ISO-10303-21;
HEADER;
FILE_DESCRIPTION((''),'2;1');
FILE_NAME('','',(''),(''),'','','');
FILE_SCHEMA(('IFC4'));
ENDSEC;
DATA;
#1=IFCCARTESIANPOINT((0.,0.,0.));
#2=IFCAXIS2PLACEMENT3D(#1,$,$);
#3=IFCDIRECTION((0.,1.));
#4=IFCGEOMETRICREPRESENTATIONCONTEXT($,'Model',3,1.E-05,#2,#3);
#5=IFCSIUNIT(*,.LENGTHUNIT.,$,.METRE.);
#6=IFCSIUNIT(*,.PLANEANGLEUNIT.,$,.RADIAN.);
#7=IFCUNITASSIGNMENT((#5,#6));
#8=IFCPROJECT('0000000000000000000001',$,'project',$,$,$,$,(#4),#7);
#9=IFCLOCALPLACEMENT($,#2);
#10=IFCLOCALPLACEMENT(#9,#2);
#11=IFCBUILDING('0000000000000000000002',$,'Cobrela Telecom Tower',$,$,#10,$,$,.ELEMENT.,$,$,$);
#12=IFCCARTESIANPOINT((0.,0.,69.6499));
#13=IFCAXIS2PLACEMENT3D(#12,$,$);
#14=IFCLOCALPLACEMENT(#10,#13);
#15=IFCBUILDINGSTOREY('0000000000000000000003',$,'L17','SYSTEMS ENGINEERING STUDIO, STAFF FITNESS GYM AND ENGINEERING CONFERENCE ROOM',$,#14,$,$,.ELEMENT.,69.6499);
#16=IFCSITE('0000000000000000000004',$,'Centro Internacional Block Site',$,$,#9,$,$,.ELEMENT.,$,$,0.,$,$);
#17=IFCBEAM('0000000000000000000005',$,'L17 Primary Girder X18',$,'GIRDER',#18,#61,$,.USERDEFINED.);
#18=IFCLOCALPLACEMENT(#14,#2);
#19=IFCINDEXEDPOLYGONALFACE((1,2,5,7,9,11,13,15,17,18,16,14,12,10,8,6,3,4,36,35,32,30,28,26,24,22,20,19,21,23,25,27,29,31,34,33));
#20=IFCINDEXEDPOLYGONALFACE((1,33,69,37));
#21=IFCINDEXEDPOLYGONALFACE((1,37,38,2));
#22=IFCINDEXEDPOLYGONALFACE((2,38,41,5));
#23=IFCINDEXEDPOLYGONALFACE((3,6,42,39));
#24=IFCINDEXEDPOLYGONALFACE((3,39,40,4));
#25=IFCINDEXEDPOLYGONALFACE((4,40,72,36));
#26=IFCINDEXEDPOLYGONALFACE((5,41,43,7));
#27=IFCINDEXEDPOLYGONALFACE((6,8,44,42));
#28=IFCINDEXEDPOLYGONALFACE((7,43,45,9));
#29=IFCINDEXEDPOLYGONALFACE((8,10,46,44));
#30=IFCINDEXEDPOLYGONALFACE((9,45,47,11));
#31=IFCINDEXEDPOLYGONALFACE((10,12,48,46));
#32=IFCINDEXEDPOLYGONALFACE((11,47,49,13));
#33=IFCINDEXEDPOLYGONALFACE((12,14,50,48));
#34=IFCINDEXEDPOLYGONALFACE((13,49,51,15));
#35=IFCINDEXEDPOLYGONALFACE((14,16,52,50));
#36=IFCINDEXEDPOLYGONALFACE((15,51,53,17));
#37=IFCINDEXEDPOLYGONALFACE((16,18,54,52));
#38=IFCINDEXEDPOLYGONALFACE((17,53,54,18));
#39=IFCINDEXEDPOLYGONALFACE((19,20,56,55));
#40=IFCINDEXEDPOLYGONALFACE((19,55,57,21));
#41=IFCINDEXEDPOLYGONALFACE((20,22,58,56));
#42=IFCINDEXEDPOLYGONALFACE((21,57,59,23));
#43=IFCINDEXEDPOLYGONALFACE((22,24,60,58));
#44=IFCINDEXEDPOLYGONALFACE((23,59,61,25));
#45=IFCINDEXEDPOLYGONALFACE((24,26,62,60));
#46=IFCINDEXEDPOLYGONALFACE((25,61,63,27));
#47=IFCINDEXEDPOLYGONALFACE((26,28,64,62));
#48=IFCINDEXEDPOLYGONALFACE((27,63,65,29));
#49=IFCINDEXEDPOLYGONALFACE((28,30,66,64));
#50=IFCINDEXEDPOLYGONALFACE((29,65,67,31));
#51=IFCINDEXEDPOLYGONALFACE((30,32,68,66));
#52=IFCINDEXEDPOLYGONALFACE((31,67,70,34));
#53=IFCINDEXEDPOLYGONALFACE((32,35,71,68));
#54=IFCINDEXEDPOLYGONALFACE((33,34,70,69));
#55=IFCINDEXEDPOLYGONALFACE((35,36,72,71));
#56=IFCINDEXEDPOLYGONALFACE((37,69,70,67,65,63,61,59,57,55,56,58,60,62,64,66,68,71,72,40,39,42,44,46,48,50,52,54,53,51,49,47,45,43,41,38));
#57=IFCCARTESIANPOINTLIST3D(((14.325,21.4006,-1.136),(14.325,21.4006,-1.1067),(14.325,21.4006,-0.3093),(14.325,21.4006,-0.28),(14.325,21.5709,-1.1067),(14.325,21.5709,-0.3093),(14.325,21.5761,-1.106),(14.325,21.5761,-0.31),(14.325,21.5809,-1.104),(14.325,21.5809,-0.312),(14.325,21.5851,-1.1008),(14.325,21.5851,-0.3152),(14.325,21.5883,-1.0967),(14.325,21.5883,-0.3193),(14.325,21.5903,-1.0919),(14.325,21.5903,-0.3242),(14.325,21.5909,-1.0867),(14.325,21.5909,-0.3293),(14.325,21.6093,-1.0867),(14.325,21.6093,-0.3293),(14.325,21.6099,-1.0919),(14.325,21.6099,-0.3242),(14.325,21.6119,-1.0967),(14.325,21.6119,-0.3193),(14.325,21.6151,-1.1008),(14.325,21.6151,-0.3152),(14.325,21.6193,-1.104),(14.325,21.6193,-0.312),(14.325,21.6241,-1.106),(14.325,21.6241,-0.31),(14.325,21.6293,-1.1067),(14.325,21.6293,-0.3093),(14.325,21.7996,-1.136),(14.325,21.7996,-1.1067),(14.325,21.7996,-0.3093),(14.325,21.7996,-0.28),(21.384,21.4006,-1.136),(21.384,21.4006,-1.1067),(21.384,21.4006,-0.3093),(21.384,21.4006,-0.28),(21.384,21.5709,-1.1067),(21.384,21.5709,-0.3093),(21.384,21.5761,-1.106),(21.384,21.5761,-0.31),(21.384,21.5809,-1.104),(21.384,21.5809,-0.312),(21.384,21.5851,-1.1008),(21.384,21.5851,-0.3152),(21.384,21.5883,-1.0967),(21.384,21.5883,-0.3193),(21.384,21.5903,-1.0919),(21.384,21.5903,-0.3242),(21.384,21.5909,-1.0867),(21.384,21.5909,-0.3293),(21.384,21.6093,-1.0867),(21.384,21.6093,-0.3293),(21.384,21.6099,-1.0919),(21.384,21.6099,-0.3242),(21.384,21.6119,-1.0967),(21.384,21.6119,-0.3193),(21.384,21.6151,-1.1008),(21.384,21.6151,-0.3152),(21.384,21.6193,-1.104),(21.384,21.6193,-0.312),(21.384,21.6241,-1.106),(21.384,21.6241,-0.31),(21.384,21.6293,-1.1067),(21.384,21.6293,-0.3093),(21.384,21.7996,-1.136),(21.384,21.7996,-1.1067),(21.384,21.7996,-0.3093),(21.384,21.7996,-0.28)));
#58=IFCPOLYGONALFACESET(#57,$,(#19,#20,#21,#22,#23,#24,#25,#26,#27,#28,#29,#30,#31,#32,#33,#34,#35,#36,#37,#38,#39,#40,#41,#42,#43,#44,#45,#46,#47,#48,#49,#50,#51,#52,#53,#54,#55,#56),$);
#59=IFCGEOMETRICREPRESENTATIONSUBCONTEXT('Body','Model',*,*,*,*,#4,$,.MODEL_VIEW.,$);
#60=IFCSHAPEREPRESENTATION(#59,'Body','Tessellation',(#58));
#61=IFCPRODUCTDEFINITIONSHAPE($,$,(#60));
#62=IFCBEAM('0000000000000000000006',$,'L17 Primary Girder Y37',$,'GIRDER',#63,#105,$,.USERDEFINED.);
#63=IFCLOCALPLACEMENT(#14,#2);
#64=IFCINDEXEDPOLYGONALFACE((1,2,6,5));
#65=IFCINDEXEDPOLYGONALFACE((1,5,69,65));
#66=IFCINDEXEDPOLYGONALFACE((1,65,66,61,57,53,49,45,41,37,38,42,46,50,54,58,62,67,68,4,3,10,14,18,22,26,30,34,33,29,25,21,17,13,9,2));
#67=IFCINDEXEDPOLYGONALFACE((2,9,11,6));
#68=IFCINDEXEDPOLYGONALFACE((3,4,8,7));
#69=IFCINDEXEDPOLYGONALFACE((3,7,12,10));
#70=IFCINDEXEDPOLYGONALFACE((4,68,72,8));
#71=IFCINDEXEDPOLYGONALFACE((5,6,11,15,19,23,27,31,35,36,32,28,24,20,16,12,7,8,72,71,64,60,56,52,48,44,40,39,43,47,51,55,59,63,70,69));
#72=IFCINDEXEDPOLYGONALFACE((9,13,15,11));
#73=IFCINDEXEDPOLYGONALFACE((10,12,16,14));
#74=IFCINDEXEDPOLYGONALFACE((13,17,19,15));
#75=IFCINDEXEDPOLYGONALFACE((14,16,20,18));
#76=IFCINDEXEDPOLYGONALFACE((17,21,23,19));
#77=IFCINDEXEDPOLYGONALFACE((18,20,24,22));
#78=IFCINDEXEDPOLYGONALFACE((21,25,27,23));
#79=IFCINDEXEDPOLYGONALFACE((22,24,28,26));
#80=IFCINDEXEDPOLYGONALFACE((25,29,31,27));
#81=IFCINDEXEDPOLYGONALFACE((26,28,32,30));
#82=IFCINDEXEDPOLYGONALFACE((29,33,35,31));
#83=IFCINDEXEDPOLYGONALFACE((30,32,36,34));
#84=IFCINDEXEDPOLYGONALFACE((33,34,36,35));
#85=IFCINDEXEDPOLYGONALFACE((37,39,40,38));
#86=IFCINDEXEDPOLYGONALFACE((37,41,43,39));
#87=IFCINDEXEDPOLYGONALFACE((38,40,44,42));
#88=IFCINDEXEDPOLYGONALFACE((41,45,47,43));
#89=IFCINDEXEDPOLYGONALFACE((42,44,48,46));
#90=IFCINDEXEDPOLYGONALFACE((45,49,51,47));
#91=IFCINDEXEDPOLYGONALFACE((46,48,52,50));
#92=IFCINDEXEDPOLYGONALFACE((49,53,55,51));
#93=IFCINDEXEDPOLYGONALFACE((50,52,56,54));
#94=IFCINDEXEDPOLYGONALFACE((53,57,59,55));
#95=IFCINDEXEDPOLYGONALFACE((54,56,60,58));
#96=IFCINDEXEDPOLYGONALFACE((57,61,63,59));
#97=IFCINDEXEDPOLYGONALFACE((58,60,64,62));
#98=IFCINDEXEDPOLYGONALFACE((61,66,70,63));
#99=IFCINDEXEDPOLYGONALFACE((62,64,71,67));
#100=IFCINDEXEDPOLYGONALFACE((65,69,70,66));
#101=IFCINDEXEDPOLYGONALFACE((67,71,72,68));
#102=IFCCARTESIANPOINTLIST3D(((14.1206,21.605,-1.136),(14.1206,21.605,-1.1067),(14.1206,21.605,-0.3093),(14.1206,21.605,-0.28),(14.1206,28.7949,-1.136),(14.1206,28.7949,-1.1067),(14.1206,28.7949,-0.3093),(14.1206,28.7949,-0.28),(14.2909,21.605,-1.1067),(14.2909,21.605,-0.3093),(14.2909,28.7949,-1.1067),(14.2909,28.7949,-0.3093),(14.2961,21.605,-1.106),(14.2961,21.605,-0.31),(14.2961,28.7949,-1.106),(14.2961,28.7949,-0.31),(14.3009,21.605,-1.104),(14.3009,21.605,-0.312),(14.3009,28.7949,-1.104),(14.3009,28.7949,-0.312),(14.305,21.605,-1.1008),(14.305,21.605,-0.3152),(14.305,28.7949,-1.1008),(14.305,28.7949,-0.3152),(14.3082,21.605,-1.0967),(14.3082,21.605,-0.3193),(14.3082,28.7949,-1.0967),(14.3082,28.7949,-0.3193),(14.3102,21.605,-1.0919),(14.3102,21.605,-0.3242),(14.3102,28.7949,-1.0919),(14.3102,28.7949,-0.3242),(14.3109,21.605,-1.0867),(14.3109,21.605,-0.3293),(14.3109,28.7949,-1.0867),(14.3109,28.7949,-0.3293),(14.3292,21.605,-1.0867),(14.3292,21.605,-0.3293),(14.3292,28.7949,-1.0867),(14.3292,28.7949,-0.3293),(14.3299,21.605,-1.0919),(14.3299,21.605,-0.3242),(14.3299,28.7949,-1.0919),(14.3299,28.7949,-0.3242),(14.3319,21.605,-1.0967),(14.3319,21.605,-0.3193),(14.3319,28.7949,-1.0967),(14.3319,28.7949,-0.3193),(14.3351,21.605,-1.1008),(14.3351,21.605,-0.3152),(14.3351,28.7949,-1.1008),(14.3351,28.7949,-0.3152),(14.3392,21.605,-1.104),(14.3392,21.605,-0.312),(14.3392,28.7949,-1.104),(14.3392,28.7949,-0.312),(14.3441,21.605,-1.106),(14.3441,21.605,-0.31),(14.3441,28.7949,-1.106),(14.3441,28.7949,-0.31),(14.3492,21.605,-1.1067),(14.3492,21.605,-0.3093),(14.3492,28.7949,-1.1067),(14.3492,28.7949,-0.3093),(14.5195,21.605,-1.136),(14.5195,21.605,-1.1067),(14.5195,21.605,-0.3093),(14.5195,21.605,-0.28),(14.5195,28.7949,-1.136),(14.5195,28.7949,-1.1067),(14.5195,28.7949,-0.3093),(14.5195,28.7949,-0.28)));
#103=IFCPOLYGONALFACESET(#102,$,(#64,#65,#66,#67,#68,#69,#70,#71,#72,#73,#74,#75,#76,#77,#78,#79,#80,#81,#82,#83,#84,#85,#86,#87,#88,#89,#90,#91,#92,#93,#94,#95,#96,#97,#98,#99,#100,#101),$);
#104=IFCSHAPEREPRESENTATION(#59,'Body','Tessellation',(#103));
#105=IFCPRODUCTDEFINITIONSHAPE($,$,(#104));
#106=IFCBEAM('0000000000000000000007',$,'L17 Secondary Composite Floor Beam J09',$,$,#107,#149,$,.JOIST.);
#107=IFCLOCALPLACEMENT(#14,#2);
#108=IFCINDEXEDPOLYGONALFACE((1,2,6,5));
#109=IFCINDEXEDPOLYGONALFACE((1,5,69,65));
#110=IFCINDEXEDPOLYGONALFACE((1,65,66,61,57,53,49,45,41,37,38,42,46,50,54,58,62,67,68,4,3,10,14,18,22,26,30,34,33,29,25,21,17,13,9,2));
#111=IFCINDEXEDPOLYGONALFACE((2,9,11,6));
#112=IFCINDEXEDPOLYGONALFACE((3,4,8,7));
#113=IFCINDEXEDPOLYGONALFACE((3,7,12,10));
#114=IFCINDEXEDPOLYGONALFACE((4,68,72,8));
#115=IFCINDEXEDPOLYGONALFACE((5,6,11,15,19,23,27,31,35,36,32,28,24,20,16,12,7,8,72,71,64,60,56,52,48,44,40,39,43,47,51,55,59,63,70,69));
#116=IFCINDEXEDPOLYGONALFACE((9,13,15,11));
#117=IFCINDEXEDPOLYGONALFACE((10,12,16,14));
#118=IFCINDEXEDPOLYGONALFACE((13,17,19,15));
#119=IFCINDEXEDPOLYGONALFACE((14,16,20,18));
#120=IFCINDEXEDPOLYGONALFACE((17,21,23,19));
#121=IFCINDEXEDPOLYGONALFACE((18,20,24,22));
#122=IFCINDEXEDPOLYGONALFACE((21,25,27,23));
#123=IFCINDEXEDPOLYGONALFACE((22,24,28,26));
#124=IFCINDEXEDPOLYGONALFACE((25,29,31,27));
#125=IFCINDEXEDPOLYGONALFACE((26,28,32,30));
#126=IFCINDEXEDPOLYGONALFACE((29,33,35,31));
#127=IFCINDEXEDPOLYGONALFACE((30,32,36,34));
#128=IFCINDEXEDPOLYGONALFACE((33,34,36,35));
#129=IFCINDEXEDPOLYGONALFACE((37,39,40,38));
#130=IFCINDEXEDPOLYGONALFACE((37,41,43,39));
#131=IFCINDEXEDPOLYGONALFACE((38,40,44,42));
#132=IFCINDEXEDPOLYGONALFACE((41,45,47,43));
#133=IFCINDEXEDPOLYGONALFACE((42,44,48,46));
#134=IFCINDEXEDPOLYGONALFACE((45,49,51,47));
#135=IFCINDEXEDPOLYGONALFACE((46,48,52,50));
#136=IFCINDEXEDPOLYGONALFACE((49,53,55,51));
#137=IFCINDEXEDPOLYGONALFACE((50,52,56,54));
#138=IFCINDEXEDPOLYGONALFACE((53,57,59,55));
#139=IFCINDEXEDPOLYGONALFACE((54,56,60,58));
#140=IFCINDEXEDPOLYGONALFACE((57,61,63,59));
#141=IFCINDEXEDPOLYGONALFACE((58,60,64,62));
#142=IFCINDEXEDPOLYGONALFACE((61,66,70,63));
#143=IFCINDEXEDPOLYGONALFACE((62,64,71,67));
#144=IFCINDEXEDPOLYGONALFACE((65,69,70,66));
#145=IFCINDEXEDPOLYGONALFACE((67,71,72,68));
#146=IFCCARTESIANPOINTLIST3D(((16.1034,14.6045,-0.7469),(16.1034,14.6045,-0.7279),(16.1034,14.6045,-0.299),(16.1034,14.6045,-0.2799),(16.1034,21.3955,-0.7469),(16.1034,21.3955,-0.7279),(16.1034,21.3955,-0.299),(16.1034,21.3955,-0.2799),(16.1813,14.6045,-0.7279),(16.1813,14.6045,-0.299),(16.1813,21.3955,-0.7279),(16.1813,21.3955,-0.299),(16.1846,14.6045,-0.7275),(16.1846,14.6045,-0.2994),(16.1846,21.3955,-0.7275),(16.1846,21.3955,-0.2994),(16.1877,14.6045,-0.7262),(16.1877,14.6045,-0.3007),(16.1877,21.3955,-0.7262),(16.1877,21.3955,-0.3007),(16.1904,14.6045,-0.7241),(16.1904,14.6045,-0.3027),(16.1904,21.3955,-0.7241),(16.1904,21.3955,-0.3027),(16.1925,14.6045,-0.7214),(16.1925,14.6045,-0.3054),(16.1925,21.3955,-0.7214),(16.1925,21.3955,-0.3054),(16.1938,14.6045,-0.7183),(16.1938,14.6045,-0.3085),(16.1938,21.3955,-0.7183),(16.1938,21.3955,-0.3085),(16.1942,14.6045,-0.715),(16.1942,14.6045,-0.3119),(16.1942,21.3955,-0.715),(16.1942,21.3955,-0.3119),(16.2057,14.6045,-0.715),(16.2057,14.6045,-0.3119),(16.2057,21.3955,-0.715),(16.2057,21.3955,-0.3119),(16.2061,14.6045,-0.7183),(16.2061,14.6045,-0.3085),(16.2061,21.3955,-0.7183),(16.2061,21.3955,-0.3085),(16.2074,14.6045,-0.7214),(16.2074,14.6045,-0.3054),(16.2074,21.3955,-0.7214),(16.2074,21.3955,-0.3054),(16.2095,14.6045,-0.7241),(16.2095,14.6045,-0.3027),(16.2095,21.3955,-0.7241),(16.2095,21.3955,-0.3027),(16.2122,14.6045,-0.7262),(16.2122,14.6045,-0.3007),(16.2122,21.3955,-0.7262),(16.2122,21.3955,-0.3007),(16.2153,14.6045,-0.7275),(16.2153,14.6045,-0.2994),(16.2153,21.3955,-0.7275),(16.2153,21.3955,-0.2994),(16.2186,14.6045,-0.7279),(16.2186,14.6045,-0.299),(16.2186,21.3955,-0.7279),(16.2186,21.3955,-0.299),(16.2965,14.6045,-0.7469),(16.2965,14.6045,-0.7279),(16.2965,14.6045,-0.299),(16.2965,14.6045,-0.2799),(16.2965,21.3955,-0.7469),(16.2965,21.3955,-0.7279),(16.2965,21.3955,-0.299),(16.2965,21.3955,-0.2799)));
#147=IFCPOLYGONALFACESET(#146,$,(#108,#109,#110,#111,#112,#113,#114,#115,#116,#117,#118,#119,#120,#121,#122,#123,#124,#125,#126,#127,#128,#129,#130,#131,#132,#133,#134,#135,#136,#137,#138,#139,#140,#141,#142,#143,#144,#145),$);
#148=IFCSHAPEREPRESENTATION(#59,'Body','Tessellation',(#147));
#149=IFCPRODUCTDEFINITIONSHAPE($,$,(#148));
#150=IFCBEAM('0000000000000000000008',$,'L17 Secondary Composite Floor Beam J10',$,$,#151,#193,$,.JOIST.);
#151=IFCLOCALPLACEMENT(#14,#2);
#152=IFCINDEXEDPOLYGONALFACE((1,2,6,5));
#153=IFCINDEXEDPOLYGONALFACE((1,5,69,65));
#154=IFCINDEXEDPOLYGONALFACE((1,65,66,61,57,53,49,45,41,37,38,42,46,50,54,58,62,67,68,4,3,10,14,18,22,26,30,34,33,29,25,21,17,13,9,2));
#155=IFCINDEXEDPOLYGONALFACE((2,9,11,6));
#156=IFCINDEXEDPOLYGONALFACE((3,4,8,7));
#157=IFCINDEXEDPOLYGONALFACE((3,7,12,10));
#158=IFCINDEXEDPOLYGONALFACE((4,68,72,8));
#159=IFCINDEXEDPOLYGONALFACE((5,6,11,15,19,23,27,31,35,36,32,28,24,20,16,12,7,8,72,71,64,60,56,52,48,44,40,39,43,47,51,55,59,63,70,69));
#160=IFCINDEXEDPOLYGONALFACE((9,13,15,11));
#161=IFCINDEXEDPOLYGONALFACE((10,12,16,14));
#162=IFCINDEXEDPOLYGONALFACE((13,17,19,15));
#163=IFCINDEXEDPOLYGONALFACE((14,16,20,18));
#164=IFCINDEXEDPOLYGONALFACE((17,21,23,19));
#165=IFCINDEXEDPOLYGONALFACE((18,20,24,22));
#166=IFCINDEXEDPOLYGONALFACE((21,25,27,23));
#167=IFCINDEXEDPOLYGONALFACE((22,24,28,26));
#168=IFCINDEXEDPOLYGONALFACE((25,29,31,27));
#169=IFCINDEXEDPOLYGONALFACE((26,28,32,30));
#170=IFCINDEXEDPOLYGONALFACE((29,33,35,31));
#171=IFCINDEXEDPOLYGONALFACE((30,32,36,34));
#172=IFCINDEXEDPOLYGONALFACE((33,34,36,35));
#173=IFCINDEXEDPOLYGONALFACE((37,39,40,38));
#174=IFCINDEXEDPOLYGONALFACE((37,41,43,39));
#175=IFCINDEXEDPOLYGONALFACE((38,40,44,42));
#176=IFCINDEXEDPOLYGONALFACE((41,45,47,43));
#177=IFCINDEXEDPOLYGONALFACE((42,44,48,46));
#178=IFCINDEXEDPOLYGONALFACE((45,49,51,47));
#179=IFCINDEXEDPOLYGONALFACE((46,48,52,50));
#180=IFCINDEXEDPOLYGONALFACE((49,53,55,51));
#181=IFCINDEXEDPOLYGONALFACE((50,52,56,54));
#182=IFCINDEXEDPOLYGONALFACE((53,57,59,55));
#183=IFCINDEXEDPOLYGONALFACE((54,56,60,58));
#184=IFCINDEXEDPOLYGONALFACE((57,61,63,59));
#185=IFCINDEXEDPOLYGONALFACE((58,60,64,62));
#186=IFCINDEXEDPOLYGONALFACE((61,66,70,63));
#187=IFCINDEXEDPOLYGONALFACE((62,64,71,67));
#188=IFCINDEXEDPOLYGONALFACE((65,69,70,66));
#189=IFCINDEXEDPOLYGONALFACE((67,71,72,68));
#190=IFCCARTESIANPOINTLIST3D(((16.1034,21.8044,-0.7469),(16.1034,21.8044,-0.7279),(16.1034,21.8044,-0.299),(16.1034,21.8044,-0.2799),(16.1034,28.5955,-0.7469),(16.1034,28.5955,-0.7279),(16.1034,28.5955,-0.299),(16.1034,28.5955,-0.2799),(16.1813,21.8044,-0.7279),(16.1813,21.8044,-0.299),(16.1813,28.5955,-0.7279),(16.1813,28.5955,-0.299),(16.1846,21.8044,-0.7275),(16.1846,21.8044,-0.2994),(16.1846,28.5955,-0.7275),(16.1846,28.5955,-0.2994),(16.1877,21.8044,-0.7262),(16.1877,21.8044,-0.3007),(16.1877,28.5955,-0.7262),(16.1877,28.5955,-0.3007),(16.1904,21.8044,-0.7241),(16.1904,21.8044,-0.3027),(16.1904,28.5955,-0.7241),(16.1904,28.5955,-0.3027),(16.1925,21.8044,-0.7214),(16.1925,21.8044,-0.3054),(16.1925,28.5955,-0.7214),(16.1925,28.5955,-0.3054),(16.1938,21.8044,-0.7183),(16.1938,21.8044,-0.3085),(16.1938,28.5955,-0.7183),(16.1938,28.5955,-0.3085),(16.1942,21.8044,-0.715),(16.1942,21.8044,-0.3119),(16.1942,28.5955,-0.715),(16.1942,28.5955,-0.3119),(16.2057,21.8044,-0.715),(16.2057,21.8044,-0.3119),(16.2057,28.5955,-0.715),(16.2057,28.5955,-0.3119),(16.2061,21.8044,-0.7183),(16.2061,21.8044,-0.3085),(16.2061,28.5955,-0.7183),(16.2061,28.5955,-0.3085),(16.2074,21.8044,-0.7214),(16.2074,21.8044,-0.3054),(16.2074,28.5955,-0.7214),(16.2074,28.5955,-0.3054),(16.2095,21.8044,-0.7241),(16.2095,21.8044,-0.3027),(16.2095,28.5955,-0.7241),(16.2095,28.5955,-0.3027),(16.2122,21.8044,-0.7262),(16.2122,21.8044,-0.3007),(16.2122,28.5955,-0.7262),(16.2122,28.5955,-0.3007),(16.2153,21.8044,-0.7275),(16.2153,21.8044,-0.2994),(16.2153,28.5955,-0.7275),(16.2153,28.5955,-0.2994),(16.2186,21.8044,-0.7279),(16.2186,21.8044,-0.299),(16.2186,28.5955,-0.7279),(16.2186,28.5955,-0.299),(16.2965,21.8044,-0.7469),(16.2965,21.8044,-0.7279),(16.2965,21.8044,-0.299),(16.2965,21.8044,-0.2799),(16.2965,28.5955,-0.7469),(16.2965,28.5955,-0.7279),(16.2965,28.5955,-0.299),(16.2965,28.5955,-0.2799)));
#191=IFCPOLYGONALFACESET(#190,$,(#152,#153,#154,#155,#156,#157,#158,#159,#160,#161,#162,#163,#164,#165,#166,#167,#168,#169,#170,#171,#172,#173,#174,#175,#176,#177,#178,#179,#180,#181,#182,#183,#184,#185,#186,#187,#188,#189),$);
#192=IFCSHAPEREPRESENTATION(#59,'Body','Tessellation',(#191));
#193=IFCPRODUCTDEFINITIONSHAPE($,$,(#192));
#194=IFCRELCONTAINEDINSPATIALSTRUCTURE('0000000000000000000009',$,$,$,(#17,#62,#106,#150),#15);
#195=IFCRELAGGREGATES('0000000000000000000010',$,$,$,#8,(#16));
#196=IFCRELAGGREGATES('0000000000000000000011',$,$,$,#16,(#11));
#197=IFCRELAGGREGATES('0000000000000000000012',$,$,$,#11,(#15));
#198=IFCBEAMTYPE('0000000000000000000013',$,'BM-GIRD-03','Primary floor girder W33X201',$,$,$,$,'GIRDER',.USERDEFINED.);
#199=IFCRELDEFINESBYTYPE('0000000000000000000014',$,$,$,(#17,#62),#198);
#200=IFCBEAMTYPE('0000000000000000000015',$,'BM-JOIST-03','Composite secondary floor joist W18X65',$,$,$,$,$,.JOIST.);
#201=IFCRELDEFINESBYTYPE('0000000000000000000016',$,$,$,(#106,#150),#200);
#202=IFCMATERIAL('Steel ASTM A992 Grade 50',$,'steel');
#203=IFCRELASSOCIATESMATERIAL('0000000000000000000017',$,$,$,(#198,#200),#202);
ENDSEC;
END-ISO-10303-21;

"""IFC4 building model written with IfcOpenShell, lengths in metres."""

from ifc_helpers import new_model, si_unit, direction, frame, origin, origin_2d, place, context, subcontext, project, spatial, i_section, extrude, material, material_profile, profile_set, type_object, element, save


model = new_model("IFC4")

# Units and contexts
model_context = context("Model", 3, precision=1e-05, world=origin(), true_north=direction((0.0, 1.0)))
body_context = subcontext(model_context, "Body", "Model", "MODEL_VIEW")
ifc_project = project(units=[si_unit("LENGTHUNIT", "METRE"), si_unit("PLANEANGLEUNIT", "RADIAN")], contexts=[model_context])

# Site, building, storey
site_placement = place(None, origin())
site = spatial("IfcSite", under=ifc_project, at=site_placement, Name="Centro Internacional Block Site", CompositionType="ELEMENT", RefElevation=0.0)
building_placement = place(site_placement, origin())
building = spatial("IfcBuilding", under=site, at=building_placement, Name="Cobrela Telecom Tower", CompositionType="ELEMENT")
storey_placement = place(building_placement, frame((0.0, 0.0, 69.6499)))
storey = spatial("IfcBuildingStorey", under=building, at=storey_placement, Name="L17", Description="SYSTEMS ENGINEERING STUDIO, STAFF FITNESS GYM AND ENGINEERING CONFERENCE ROOM", CompositionType="ELEMENT", Elevation=69.6499)

# Beams
ifc_material_1 = material(Name="Steel ASTM A992 Grade 50", Category="steel")
ifc_material_profile_1 = material_profile(ifc_material_1, i_section(OverallWidth=0.3989, OverallDepth=0.856, WebThickness=0.0183, FlangeThickness=0.0293, FilletRadius=0.02, at=origin_2d()), Name="W33X201")
ifc_profile_set_1 = profile_set([ifc_material_profile_1], Name="Steel ASTM A992 Grade 50")
beam_type_1 = type_object("IfcBeamType", Name="BM-GIRD-03", Description="Primary floor girder W33X201", ElementType="GIRDER", PredefinedType="USERDEFINED", material=ifc_profile_set_1)
beam_1_placement = place(storey_placement, frame((14.325, 21.6001, -0.708), z_axis=(1.0, 0.0, 0.0), x_axis=(0.0, 1.0, 0.0)))
element("IfcBeam", 1, at=beam_1_placement, inside=storey, type_object=beam_type_1, Name="L17 Primary Girder X18", ObjectType="GIRDER", PredefinedType="USERDEFINED", context=body_context, shape_type="SweptSolid", body=[
    extrude(i_section(OverallWidth=0.3989, OverallDepth=0.856, WebThickness=0.0183, FlangeThickness=0.0293, FilletRadius=0.02, at=origin_2d()), origin(), (0.0, 0.0, 1.0), 7.0591),
])
beam_2_placement = place(storey_placement, frame((14.3201, 21.605, -0.708), z_axis=(0.0, 1.0, 0.0), x_axis=(-1.0, 0.0, 0.0)))
element("IfcBeam", 2, at=beam_2_placement, inside=storey, type_object=beam_type_1, Name="L17 Primary Girder Y37", ObjectType="GIRDER", PredefinedType="USERDEFINED", context=body_context, shape_type="SweptSolid", body=[
    extrude(i_section(OverallWidth=0.3989, OverallDepth=0.856, WebThickness=0.0183, FlangeThickness=0.0293, FilletRadius=0.02, at=origin_2d()), origin(), (0.0, 0.0, 1.0), 7.1899),
])
ifc_material_profile_2 = material_profile(ifc_material_1, i_section(OverallWidth=0.1931, OverallDepth=0.467, WebThickness=0.0115, FlangeThickness=0.019, FilletRadius=0.0129, at=origin_2d()), Name="W18X65")
ifc_profile_set_2 = profile_set([ifc_material_profile_2], Name="Steel ASTM A992 Grade 50")
beam_type_2 = type_object("IfcBeamType", Name="BM-JOIST-03", Description="Composite secondary floor joist W18X65", PredefinedType="JOIST", material=ifc_profile_set_2)
for number, where, z_axis, x_axis, name in (
    (3, (16.2, 14.6045, -0.5134), (0.0, 1.0, 0.0), (-1.0, 0.0, 0.0), "L17 Secondary Composite Floor Beam J09"),
    (4, (16.2, 21.8044, -0.5134), (0.0, 1.0, 0.0), (-1.0, 0.0, 0.0), "L17 Secondary Composite Floor Beam J10"),
):
    element("IfcBeam", number, at=place(storey_placement, frame(where, z_axis=z_axis, x_axis=x_axis)), inside=storey, type_object=beam_type_2, Name=name, PredefinedType="JOIST", context=body_context, shape_type="SweptSolid", body=[
        extrude(i_section(OverallWidth=0.1931, OverallDepth=0.467, WebThickness=0.0115, FlangeThickness=0.019, FilletRadius=0.0129, at=origin_2d()), origin(), (0.0, 0.0, 1.0), 6.791),
    ])

save(model, "model.ifc")
